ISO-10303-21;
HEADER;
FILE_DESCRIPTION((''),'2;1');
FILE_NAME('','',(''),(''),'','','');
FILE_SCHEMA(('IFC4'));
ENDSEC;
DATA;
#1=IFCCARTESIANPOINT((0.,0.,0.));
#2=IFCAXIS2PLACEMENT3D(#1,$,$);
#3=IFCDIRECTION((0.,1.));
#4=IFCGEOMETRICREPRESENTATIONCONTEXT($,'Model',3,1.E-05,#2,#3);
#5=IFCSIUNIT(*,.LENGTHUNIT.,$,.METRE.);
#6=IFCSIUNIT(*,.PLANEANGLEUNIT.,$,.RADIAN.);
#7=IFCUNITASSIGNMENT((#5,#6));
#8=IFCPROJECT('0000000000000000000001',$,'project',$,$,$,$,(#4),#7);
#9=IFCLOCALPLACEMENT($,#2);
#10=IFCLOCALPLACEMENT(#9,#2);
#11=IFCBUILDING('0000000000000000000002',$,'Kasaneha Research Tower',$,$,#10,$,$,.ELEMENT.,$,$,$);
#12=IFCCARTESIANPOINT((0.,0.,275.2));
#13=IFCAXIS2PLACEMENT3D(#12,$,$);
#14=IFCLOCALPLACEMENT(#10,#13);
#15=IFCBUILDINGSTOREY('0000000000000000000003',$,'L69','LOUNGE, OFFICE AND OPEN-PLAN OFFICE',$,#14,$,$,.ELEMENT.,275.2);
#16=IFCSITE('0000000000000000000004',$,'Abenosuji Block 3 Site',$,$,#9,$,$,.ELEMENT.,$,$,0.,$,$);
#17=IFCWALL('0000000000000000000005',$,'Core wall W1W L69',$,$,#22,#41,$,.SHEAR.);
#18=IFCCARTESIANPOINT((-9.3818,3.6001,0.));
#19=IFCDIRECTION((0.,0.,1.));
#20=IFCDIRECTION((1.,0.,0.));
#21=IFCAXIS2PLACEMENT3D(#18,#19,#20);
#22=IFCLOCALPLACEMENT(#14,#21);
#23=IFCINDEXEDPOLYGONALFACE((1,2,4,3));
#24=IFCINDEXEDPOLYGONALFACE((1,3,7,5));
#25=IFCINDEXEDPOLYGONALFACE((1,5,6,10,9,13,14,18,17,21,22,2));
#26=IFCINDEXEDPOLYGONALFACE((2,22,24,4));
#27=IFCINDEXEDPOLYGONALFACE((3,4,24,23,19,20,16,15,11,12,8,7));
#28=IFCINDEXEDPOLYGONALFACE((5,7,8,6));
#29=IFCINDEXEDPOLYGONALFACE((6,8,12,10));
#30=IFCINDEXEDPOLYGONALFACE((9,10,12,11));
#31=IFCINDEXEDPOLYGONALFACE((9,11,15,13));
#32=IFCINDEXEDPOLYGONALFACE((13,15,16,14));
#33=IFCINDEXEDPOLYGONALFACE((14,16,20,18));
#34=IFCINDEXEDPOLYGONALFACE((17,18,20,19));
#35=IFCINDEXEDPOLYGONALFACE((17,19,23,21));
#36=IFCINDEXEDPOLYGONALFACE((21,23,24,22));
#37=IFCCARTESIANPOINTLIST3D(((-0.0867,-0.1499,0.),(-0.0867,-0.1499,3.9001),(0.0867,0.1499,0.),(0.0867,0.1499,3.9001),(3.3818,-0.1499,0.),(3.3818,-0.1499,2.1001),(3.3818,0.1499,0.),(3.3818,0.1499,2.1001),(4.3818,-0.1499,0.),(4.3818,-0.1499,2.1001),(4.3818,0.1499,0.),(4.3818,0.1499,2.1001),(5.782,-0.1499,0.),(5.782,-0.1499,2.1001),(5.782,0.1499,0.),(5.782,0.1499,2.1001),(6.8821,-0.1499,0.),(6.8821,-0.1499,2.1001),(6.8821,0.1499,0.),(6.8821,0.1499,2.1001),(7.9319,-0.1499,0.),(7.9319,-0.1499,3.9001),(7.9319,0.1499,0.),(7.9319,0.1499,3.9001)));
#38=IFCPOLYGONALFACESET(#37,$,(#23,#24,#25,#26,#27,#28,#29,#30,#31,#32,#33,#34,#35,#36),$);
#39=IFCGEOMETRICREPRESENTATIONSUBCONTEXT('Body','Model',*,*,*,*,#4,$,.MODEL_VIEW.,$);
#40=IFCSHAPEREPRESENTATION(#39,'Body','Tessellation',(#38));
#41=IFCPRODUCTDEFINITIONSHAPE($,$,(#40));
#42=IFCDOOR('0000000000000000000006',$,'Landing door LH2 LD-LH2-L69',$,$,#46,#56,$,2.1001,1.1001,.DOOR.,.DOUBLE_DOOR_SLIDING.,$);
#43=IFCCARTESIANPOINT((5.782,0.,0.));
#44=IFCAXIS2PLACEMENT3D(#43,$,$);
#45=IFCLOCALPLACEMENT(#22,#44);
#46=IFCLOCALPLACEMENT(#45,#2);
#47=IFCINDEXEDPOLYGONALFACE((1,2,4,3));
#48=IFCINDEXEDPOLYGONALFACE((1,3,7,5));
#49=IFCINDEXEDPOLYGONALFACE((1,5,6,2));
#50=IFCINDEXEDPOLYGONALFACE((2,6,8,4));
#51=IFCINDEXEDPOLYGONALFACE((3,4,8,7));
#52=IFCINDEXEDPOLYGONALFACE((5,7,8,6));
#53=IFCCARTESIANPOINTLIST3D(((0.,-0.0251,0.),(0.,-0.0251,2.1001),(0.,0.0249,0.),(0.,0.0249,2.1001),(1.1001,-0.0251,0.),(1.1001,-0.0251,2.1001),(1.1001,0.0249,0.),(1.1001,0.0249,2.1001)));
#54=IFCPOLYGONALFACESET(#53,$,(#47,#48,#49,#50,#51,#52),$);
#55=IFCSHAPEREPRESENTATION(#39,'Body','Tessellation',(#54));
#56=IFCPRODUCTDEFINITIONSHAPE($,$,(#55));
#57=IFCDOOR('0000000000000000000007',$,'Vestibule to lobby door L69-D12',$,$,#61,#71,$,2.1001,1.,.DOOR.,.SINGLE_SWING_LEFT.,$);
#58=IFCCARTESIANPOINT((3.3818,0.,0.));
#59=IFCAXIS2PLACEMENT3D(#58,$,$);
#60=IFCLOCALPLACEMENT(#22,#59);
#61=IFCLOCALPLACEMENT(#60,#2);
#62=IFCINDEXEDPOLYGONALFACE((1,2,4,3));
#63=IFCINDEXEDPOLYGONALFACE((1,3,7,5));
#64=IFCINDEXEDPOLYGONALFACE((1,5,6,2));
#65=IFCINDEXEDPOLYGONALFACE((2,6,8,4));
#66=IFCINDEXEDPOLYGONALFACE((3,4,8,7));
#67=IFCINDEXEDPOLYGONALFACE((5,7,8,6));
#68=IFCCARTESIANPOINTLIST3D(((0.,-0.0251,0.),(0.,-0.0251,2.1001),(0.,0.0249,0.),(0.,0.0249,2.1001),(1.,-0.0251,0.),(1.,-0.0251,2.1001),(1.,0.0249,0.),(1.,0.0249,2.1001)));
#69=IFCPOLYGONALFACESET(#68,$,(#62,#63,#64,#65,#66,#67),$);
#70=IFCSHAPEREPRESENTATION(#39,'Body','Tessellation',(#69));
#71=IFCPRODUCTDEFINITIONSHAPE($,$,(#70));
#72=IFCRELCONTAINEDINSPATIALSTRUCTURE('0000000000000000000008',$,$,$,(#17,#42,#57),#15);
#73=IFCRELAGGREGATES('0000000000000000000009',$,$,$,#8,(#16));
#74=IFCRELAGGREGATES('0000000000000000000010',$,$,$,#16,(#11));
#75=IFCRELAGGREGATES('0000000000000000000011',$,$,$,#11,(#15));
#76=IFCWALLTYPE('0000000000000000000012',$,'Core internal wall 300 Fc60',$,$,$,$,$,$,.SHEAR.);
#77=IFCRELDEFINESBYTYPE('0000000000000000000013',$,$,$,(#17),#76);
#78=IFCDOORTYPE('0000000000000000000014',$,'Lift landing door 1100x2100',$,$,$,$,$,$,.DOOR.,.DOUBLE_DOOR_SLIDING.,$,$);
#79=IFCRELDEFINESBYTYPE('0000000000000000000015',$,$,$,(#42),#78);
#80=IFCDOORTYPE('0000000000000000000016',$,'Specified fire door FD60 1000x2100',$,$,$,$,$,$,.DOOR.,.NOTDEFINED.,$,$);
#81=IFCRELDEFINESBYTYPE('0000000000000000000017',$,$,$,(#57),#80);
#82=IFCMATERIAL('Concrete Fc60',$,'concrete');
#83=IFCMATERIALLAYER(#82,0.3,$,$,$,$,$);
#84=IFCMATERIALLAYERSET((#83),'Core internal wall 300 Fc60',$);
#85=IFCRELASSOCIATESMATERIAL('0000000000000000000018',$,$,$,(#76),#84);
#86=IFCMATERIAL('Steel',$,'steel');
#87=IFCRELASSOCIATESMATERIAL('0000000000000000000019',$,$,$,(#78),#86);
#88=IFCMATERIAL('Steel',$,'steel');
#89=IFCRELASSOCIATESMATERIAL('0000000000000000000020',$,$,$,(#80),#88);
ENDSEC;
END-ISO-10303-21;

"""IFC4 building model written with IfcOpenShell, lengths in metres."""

from ifc_helpers import new_model, si_unit, direction, frame, frame_2d, origin, place, context, subcontext, project, spatial, polyline, rectangle, outline, extrude, material, layer, layer_set, type_object, element, fill, save


model = new_model("IFC4")

# Units and contexts
model_context = context("Model", 3, precision=1e-05, world=origin(), true_north=direction((0.0, 1.0)))
body_context = subcontext(model_context, "Body", "Model", "MODEL_VIEW")
ifc_project = project(units=[si_unit("LENGTHUNIT", "METRE"), si_unit("PLANEANGLEUNIT", "RADIAN")], contexts=[model_context])

# Site, building, storey
site_placement = place(None, origin())
site = spatial("IfcSite", under=ifc_project, at=site_placement, Name="Abenosuji Block 3 Site", CompositionType="ELEMENT", RefElevation=0.0)
building_placement = place(site_placement, origin())
building = spatial("IfcBuilding", under=site, at=building_placement, Name="Kasaneha Research Tower", CompositionType="ELEMENT")
storey_placement = place(building_placement, frame((0.0, 0.0, 275.2)))
storey = spatial("IfcBuildingStorey", under=building, at=storey_placement, Name="L69", Description="LOUNGE, OFFICE AND OPEN-PLAN OFFICE", CompositionType="ELEMENT", Elevation=275.2)

# Wall, openings, doors
ifc_material_1 = material(Name="Concrete Fc60", Category="concrete")
ifc_layer_1 = layer(ifc_material_1, 0.3)
ifc_layer_set_1 = layer_set([ifc_layer_1], Name="Core internal wall 300 Fc60")
wall_type_1 = type_object("IfcWallType", Name="Core internal wall 300 Fc60", PredefinedType="SHEAR", material=ifc_layer_set_1)
wall_1_placement = place(storey_placement, frame((-9.3818, 3.6001, 0.0), z_axis=(0.0, 0.0, 1.0), x_axis=(1.0, 0.0, 0.0)))
wall_1 = element("IfcWall", 1, at=wall_1_placement, inside=storey, type_object=wall_type_1, Name="Core wall W1W L69", PredefinedType="SHEAR", context=body_context, shape_type="SweptSolid", body=[
    extrude(outline(polyline([(-0.0867, -0.1499), (3.3818, -0.1499), (4.3818, -0.1499), (5.782, -0.1499), (6.8821, -0.1499), (7.9319, -0.1499), (7.9319, 0.1499), (6.8821, 0.1499), (5.782, 0.1499), (4.3818, 0.1499), (3.3818, 0.1499), (0.0867, 0.1499), (-0.0867, -0.1499)])), origin(), (0.0, 0.0, 1.0), 3.9001),
])
opening_1_placement = place(wall_1_placement, frame((3.3818, 0.0, 0.0)))
opening_1 = element("IfcOpeningElement", 2, at=opening_1_placement, cuts=wall_1, PredefinedType="OPENING", context=body_context, shape_type="SweptSolid", body=[
    extrude(rectangle(XDim=1.0, YDim=2.1001, at=frame_2d((0.5, 1.05))), frame((0.0, 0.1602, 0.0), z_axis=(0.0, -1.0, 0.0), x_axis=(1.0, 0.0, 0.0)), (0.0, 0.0, 1.0), 0.3201),
])
opening_2_placement = place(wall_1_placement, frame((5.782, 0.0, 0.0)))
opening_2 = element("IfcOpeningElement", 3, at=opening_2_placement, cuts=wall_1, PredefinedType="OPENING", context=body_context, shape_type="SweptSolid", body=[
    extrude(rectangle(XDim=1.1001, YDim=2.1001, at=frame_2d((0.55, 1.05))), frame((0.0, 0.1602, 0.0), z_axis=(0.0, -1.0, 0.0), x_axis=(1.0, 0.0, 0.0)), (0.0, 0.0, 1.0), 0.3201),
])
ifc_material_2 = material(Name="Steel", Category="steel")
door_type_1 = type_object("IfcDoorType", Name="Lift landing door 1100x2100", OperationType="DOUBLE_DOOR_SLIDING", PredefinedType="DOOR", material=ifc_material_2)
door_1_placement = place(opening_2_placement, origin())
door_1 = element("IfcDoor", 4, at=door_1_placement, inside=storey, type_object=door_type_1, Name="Landing door LH2 LD-LH2-L69", OperationType="DOUBLE_DOOR_SLIDING", OverallHeight=2.1001, OverallWidth=1.1001, PredefinedType="DOOR", context=body_context, shape_type="SweptSolid", body=[
    extrude(rectangle(XDim=1.1001, YDim=2.1001, at=frame_2d((0.55, 1.05))), frame((0.0, 0.0249, 0.0), z_axis=(0.0, -1.0, 0.0), x_axis=(1.0, 0.0, 0.0)), (0.0, 0.0, 1.0), 0.05),
])
fill(opening_2, door_1)
ifc_material_3 = material(Name="Steel", Category="steel")
door_type_2 = type_object("IfcDoorType", Name="Specified fire door FD60 1000x2100", OperationType="NOTDEFINED", PredefinedType="DOOR", material=ifc_material_3)
door_2_placement = place(opening_1_placement, origin())
door_2 = element("IfcDoor", 5, at=door_2_placement, inside=storey, type_object=door_type_2, Name="Vestibule to lobby door L69-D12", OperationType="SINGLE_SWING_LEFT", OverallHeight=2.1001, OverallWidth=1.0, PredefinedType="DOOR", context=body_context, shape_type="SweptSolid", body=[
    extrude(rectangle(XDim=1.0, YDim=2.1001, at=frame_2d((0.5, 1.05))), frame((0.0, 0.0249, 0.0), z_axis=(0.0, -1.0, 0.0), x_axis=(1.0, 0.0, 0.0)), (0.0, 0.0, 1.0), 0.05),
])
fill(opening_1, door_2)

save(model, "model.ifc")
